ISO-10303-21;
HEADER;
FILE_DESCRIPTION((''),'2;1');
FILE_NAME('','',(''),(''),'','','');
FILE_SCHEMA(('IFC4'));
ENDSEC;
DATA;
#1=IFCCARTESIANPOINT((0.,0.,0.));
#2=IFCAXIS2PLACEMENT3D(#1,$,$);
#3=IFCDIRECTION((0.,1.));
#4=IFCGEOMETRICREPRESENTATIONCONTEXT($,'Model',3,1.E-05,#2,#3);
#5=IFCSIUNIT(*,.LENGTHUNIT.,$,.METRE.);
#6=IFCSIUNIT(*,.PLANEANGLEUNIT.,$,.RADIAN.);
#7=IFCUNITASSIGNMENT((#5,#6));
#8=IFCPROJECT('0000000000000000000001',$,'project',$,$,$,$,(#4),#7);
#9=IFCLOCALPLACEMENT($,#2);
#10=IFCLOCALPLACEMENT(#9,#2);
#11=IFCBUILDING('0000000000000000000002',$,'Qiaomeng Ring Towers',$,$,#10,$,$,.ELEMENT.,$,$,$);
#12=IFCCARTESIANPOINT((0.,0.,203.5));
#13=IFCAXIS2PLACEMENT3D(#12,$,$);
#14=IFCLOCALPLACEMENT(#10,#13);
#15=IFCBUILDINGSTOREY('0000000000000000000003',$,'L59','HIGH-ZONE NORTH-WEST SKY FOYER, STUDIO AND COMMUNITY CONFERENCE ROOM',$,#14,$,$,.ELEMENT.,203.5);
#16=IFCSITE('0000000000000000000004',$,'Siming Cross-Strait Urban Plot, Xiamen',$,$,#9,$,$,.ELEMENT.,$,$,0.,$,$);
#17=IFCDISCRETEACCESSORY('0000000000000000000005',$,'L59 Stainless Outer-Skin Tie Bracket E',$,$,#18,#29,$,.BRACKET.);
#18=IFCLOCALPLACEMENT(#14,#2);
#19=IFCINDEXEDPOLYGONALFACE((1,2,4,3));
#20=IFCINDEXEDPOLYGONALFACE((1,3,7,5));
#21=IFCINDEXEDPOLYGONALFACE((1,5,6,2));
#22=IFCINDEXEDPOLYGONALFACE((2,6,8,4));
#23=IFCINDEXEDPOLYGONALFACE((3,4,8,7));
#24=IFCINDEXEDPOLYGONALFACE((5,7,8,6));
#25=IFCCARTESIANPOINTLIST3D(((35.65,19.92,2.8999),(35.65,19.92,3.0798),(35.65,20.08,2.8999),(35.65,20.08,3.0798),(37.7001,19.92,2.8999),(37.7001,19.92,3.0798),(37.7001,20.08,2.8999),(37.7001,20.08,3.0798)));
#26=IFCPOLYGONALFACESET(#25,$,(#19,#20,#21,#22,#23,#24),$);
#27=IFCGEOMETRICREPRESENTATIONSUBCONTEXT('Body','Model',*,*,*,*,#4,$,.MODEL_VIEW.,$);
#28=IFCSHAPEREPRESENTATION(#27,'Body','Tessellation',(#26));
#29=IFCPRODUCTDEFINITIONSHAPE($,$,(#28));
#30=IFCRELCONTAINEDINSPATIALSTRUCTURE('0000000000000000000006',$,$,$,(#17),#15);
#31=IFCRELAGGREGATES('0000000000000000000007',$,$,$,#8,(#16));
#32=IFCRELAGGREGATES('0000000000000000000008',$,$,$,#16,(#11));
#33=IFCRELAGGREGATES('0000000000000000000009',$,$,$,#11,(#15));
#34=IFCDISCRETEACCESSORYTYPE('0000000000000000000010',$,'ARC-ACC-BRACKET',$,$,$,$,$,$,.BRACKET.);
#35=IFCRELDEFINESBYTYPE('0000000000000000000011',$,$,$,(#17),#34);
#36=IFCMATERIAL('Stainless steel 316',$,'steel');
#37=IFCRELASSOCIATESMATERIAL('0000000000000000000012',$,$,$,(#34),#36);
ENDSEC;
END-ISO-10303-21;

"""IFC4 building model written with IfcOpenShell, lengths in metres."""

from ifc_helpers import new_model, si_unit, direction, frame, origin, origin_2d, place, context, subcontext, project, spatial, rectangle, extrude, source, transform, mapped, material, type_object, element, save


model = new_model("IFC4")

# Units and contexts
model_context = context("Model", 3, precision=1e-05, world=origin(), true_north=direction((0.0, 1.0)))
body_context = subcontext(model_context, "Body", "Model", "MODEL_VIEW")
ifc_project = project(units=[si_unit("LENGTHUNIT", "METRE"), si_unit("PLANEANGLEUNIT", "RADIAN")], contexts=[model_context])

# Site, building, storey
site_placement = place(None, origin())
site = spatial("IfcSite", under=ifc_project, at=site_placement, Name="Siming Cross-Strait Urban Plot, Xiamen", CompositionType="ELEMENT", RefElevation=0.0)
building_placement = place(site_placement, origin())
building = spatial("IfcBuilding", under=site, at=building_placement, Name="Qiaomeng Ring Towers", CompositionType="ELEMENT")
storey_placement = place(building_placement, frame((0.0, 0.0, 203.5)))
storey = spatial("IfcBuildingStorey", under=building, at=storey_placement, Name="L59", Description="HIGH-ZONE NORTH-WEST SKY FOYER, STUDIO AND COMMUNITY CONFERENCE ROOM", CompositionType="ELEMENT", Elevation=203.5)

# Shared definitions
ifc_material_1 = material(Name="Stainless steel 316", Category="steel")

# Discrete accessory
discrete_accessory_type = type_object("IfcDiscreteAccessoryType", Name="ARC-ACC-BRACKET", PredefinedType="BRACKET", material=ifc_material_1)
shared_shape_1 = source(origin(), body_context, "Body", "SweptSolid", [
    extrude(rectangle(XDim=2.05, YDim=0.1599, at=origin_2d()), origin(), (0.0, 0.0, 1.0), 0.1799),
])
discrete_accessory_placement = place(storey_placement, frame((36.675, 20.0, 2.8999), z_axis=(0.0, 0.0, 1.0), x_axis=(1.0, 0.0, 0.0)))
element("IfcDiscreteAccessory", 1, at=discrete_accessory_placement, inside=storey, type_object=discrete_accessory_type, Name="L59 Stainless Outer-Skin Tie Bracket E", PredefinedType="BRACKET", context=body_context, shape_type="MappedRepresentation", body=[
    mapped(shared_shape_1, transform((0.0, 0.0, 0.0), x_axis=(1.0, 0.0, 0.0), y_axis=(0.0, 1.0, 0.0), z_axis=(0.0, 0.0, 1.0), scale=1.0)),
])

save(model, "model.ifc")
